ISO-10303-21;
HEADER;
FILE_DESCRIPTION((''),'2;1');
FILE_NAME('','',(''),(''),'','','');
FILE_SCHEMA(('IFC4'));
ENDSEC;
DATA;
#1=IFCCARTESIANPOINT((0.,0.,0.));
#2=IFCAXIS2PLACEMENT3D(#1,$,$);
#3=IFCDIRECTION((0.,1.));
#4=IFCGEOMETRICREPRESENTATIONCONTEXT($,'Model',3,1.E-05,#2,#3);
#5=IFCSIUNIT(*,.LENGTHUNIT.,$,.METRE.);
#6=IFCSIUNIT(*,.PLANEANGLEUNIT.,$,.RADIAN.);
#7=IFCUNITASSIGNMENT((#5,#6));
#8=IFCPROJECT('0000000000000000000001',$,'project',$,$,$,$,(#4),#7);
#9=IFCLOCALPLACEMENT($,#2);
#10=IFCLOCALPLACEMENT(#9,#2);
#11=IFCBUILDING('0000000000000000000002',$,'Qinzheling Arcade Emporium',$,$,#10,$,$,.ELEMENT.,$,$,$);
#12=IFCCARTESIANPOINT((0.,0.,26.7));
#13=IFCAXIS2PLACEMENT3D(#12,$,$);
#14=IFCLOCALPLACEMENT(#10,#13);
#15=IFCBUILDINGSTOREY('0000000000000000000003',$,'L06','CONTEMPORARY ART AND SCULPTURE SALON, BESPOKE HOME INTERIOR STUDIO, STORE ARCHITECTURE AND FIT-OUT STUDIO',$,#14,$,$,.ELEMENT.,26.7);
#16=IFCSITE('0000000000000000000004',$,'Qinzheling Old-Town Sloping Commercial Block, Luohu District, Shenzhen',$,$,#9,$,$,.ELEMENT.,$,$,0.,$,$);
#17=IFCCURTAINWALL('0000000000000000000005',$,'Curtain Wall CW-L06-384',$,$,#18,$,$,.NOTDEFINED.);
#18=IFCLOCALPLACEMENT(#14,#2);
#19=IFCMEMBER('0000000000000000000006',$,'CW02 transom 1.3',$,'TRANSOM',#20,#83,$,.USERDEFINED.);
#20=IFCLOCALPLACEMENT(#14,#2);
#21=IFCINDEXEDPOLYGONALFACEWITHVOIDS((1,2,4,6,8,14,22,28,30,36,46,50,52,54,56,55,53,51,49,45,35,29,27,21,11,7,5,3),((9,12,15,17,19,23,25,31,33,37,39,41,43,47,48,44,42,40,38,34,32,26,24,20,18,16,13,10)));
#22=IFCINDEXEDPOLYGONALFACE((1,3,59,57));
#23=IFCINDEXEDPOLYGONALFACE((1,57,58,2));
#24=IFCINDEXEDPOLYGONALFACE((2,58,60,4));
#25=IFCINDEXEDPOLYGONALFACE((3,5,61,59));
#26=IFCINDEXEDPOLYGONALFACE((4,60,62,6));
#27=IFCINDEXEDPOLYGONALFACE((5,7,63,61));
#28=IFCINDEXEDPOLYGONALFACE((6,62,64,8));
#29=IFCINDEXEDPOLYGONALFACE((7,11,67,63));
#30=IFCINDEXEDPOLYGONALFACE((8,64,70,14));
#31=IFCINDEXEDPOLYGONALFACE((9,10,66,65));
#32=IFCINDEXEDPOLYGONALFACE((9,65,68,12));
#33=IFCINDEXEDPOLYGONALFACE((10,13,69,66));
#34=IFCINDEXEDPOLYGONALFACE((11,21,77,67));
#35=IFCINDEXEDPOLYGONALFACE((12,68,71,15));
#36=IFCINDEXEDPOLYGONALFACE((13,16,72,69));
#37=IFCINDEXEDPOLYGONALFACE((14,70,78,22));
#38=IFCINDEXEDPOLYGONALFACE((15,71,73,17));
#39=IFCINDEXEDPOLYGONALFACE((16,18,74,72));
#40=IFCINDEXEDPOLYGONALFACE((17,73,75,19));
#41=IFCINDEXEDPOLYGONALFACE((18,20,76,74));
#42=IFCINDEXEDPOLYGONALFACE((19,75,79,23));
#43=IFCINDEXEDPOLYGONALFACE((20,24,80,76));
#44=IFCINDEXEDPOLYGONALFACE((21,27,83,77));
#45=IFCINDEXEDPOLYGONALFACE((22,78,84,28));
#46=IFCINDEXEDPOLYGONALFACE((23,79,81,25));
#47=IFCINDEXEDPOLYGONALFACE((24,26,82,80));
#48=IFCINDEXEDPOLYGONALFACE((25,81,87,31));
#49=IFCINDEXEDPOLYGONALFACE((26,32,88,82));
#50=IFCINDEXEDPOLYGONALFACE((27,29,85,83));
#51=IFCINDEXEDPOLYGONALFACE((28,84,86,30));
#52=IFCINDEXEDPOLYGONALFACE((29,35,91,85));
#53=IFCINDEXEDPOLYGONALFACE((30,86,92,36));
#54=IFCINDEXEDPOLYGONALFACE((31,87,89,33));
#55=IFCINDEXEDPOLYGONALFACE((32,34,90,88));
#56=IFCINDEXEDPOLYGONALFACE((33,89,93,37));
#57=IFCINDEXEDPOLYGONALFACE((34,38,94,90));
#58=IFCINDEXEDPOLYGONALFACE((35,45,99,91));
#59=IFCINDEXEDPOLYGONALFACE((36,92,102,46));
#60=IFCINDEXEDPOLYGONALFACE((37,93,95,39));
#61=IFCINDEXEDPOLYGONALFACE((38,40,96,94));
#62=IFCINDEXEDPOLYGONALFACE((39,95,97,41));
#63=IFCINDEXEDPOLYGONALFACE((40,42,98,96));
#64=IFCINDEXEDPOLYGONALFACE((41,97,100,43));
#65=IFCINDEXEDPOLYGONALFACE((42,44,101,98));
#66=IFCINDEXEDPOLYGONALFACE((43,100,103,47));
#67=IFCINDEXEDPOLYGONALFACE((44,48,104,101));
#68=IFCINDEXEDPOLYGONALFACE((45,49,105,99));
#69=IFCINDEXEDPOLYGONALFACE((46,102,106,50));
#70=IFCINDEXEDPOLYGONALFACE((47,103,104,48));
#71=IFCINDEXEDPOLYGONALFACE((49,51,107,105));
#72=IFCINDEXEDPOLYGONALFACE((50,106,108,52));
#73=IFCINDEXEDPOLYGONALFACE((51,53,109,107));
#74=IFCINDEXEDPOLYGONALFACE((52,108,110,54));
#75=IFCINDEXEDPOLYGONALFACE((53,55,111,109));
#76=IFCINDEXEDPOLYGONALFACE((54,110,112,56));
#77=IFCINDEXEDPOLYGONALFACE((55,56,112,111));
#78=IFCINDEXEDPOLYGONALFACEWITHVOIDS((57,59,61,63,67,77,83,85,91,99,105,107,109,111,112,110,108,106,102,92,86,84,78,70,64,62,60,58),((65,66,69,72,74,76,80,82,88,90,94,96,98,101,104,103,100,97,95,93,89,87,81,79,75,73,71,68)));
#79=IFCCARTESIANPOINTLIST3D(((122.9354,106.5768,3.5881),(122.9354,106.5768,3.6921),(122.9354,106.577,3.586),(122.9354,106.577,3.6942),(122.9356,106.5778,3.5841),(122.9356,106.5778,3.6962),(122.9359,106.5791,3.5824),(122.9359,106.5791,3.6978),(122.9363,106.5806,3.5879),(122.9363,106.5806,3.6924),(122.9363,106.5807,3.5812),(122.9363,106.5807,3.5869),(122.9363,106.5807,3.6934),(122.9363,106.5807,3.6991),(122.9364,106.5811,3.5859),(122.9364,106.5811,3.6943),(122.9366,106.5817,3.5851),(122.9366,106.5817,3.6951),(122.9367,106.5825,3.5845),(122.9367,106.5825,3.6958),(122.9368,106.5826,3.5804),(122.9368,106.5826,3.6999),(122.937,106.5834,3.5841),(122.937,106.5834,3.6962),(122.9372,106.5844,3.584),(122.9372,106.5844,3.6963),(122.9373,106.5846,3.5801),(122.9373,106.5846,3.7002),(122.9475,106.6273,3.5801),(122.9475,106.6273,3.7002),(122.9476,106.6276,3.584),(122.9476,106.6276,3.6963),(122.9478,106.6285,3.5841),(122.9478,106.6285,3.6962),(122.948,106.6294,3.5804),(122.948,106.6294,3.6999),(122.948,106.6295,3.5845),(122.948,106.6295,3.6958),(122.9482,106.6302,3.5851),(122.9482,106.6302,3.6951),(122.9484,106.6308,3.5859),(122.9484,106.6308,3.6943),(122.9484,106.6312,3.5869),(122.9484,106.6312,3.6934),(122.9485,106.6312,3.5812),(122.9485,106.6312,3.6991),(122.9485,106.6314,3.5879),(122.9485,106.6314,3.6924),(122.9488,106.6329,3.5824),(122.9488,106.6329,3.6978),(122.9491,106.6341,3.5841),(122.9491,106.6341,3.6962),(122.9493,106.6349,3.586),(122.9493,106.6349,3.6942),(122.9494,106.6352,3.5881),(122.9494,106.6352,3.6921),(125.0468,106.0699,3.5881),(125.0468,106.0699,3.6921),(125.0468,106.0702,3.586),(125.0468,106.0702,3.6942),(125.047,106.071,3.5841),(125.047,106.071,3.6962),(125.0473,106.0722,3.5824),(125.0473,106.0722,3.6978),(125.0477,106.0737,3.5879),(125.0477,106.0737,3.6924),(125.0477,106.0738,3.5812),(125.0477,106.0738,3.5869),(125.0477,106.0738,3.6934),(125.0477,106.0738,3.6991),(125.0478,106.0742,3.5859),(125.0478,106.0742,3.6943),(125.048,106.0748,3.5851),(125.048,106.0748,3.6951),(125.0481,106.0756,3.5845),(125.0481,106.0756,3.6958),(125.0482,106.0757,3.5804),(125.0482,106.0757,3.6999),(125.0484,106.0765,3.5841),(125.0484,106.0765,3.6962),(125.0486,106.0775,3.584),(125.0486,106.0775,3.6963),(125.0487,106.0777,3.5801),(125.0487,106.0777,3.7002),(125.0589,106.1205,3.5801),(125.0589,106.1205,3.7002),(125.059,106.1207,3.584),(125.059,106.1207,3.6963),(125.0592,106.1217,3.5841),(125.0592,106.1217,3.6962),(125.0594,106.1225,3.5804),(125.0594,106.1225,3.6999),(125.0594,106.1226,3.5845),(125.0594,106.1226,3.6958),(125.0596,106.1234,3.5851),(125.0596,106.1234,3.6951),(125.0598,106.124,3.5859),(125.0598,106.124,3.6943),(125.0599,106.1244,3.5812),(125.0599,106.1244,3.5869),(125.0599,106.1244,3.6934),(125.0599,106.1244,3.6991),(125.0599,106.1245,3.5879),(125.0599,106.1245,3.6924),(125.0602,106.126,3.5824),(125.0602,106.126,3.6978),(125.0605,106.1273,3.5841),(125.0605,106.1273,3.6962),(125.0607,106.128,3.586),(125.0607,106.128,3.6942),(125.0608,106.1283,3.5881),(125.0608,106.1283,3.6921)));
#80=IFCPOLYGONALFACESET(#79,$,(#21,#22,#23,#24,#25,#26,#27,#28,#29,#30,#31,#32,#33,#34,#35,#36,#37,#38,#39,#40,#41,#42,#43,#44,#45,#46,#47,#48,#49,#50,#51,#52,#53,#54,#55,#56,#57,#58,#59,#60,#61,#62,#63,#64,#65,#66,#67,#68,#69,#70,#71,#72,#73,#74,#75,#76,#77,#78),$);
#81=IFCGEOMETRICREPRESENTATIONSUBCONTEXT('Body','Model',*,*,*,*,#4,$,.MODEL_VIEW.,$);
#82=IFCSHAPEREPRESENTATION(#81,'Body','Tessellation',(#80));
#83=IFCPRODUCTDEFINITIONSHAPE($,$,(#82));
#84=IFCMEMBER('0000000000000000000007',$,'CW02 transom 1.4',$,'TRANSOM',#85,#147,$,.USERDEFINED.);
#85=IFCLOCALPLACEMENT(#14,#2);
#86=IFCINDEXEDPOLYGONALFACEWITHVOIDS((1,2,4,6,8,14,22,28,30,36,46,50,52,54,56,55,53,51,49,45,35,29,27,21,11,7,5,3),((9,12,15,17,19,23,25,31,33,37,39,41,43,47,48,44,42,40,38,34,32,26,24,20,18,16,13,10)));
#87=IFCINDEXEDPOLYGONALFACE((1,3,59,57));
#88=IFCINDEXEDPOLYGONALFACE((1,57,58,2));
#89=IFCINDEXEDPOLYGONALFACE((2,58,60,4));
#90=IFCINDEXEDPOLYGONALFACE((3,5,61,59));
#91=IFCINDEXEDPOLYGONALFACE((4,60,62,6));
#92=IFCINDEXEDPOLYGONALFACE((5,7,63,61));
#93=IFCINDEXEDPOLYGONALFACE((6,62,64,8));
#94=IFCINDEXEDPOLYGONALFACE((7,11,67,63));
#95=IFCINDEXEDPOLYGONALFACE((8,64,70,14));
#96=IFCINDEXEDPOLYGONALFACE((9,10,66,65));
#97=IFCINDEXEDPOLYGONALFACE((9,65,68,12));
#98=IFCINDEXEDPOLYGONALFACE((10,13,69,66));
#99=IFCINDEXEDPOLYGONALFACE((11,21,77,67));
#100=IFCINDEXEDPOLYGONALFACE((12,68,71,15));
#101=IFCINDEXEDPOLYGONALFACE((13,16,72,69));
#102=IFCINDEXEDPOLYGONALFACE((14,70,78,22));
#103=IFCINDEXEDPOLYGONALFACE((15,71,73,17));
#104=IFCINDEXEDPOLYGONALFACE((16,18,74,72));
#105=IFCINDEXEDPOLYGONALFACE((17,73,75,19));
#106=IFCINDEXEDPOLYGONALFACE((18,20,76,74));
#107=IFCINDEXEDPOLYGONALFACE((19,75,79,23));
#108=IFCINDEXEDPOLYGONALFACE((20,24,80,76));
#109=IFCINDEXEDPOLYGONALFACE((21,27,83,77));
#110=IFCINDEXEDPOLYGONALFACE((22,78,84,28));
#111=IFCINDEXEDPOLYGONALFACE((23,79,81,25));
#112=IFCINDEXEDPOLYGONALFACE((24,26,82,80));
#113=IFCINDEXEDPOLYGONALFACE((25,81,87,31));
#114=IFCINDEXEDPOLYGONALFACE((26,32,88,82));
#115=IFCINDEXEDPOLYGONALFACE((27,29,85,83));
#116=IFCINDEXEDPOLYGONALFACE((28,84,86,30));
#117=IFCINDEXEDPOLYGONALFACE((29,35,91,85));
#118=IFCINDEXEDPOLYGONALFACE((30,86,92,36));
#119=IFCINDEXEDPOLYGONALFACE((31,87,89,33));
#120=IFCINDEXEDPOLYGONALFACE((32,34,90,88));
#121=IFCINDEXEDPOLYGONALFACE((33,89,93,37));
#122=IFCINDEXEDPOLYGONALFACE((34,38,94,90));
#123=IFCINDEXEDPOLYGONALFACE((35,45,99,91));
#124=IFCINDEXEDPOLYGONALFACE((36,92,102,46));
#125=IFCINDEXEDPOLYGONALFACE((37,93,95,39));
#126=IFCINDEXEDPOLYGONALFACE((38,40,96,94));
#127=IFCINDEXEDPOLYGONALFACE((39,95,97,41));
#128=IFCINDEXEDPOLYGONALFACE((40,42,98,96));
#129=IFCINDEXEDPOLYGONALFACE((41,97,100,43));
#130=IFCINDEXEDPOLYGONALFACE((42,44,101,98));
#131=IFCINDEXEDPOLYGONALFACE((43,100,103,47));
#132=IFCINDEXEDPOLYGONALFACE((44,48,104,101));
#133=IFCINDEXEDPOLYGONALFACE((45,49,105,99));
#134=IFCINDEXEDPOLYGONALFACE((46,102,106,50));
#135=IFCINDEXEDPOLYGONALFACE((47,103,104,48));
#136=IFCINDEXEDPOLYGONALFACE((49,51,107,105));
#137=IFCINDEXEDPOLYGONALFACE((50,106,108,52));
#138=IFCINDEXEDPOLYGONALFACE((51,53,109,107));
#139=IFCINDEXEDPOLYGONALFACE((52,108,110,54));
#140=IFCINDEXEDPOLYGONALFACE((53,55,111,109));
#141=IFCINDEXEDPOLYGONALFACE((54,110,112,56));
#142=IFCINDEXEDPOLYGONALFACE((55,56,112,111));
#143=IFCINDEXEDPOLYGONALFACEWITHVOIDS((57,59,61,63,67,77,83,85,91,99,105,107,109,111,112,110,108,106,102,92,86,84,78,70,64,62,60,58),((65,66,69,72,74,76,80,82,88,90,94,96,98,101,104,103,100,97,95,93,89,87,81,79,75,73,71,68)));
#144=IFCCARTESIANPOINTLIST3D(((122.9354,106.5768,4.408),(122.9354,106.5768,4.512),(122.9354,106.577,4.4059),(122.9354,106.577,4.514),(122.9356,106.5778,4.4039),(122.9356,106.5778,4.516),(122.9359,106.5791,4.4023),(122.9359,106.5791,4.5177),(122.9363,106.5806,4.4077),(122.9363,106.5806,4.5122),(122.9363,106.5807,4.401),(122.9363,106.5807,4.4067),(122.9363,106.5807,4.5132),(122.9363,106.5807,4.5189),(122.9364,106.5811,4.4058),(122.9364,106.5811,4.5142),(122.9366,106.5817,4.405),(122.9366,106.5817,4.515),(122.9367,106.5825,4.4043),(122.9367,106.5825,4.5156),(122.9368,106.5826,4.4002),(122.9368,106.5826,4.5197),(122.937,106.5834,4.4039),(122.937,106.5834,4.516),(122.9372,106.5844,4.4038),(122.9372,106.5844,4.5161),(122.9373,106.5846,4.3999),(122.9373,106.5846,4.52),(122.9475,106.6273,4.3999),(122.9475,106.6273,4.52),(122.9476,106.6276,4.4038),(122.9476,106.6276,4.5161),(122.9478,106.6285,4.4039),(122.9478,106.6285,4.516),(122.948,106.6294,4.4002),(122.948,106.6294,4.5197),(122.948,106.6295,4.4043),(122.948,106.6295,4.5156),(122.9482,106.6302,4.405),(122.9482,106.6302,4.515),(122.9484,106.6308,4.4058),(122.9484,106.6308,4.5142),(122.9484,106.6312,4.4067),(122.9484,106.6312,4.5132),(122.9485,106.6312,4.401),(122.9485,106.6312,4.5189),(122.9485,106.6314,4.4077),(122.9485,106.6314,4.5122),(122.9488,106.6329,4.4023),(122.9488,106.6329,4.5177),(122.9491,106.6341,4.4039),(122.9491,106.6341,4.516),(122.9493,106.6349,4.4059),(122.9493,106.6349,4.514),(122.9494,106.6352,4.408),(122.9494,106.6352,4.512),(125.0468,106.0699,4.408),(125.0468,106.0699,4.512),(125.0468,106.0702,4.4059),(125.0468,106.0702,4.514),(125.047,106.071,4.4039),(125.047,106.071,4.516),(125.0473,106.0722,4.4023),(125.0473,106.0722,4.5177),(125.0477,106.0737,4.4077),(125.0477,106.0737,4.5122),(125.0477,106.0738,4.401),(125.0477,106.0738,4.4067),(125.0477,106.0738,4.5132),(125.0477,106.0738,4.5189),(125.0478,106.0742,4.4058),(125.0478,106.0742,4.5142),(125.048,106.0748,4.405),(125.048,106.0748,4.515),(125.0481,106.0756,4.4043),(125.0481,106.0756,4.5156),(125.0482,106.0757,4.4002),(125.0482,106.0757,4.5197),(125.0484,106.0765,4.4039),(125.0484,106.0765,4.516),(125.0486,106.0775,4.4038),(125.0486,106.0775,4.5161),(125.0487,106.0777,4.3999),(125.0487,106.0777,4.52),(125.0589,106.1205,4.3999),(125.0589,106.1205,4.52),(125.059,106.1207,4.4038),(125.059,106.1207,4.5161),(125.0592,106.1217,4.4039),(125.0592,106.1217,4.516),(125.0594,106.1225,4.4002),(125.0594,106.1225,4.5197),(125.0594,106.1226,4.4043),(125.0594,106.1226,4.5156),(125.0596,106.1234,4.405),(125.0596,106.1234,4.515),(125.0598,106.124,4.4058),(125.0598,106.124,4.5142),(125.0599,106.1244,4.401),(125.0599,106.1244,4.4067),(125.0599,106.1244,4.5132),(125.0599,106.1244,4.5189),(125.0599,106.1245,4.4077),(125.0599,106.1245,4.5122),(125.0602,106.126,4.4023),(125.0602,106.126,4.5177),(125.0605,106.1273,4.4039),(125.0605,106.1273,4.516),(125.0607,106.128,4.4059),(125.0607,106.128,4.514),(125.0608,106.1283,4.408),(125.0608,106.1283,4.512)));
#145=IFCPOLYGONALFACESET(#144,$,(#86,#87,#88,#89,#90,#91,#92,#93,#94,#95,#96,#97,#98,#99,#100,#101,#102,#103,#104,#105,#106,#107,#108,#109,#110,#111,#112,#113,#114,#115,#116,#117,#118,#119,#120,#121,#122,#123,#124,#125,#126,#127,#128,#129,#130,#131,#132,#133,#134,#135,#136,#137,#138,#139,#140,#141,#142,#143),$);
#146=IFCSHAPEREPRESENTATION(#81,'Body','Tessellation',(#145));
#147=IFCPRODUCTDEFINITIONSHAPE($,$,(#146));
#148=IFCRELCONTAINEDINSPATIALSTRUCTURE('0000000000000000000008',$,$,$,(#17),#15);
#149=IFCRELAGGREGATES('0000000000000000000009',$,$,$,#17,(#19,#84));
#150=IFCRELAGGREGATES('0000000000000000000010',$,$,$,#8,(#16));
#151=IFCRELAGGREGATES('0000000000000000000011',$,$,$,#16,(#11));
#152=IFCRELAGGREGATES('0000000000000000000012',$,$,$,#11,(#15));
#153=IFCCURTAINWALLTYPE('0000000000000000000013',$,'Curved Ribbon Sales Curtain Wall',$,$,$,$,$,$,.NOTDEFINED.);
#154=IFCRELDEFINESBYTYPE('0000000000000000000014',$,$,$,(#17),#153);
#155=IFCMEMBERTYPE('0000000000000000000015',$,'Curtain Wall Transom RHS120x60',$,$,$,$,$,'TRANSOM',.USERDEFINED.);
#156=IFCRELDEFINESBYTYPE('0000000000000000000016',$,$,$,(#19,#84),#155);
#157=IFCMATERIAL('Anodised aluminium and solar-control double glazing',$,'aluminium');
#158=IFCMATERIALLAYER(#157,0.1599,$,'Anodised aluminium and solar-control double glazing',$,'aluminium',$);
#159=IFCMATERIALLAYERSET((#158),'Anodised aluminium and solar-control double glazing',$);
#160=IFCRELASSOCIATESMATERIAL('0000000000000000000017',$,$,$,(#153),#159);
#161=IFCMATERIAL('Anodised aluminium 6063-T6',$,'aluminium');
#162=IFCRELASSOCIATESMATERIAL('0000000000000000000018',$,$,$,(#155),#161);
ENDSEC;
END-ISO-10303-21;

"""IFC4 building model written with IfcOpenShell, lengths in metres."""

from ifc_helpers import new_model, si_unit, direction, frame, origin, origin_2d, place, context, subcontext, project, spatial, hollow_rectangle, extrude, material, layer, layer_set, material_profile, profile_set, type_object, element, aggregate, save


model = new_model("IFC4")

# Units and contexts
model_context = context("Model", 3, precision=1e-05, world=origin(), true_north=direction((0.0, 1.0)))
body_context = subcontext(model_context, "Body", "Model", "MODEL_VIEW")
ifc_project = project(units=[si_unit("LENGTHUNIT", "METRE"), si_unit("PLANEANGLEUNIT", "RADIAN")], contexts=[model_context])

# Site, building, storey
site_placement = place(None, origin())
site = spatial("IfcSite", under=ifc_project, at=site_placement, Name="Qinzheling Old-Town Sloping Commercial Block, Luohu District, Shenzhen", CompositionType="ELEMENT", RefElevation=0.0)
building_placement = place(site_placement, origin())
building = spatial("IfcBuilding", under=site, at=building_placement, Name="Qinzheling Arcade Emporium", CompositionType="ELEMENT")
storey_placement = place(building_placement, frame((0.0, 0.0, 26.7)))
storey = spatial("IfcBuildingStorey", under=building, at=storey_placement, Name="L06", Description="CONTEMPORARY ART AND SCULPTURE SALON, BESPOKE HOME INTERIOR STUDIO, STORE ARCHITECTURE AND FIT-OUT STUDIO", CompositionType="ELEMENT", Elevation=26.7)

# Curtain wall
ifc_material_1 = material(Name="Anodised aluminium and solar-control double glazing", Category="aluminium")
ifc_layer_1 = layer(ifc_material_1, 0.1599, Name="Anodised aluminium and solar-control double glazing", Category="aluminium")
ifc_layer_set_1 = layer_set([ifc_layer_1], Name="Anodised aluminium and solar-control double glazing")
curtain_wall_type = type_object("IfcCurtainWallType", Name="Curved Ribbon Sales Curtain Wall", PredefinedType="NOTDEFINED", material=ifc_layer_set_1)
curtain_wall_1_placement = place(storey_placement, origin())
curtain_wall_1 = element("IfcCurtainWall", 1, at=curtain_wall_1_placement, inside=storey, type_object=curtain_wall_type, Name="Curtain Wall CW-L06-384", PredefinedType="NOTDEFINED")
ifc_material_2 = material(Name="Anodised aluminium 6063-T6", Category="aluminium")

# Members
ifc_material_profile_1 = material_profile(ifc_material_2, hollow_rectangle(XDim=0.0601, YDim=0.1201, WallThickness=0.0039, InnerFilletRadius=0.0039, OuterFilletRadius=0.0081, at=origin_2d()), Name="RHS 120x60x4", Category="aluminium")
ifc_profile_set_1 = profile_set([ifc_material_profile_1], Name="Anodised aluminium 6063-T6")
member_type_1 = type_object("IfcMemberType", Name="Curtain Wall Transom RHS120x60", ElementType="TRANSOM", PredefinedType="USERDEFINED", material=ifc_profile_set_1)
member_1_placement = place(storey_placement, frame((122.9424, 106.606, 3.6401), z_axis=(0.972375, -0.233424, 0.0), x_axis=(0.233424, 0.972375, 0.0)))
member_1 = element("IfcMember", 2, at=member_1_placement, type_object=member_type_1, Name="CW02 transom 1.3", ObjectType="TRANSOM", PredefinedType="USERDEFINED", context=body_context, shape_type="SweptSolid", body=[
    extrude(hollow_rectangle(XDim=0.0601, YDim=0.1201, WallThickness=0.0039, InnerFilletRadius=0.0039, OuterFilletRadius=0.0081, at=origin_2d()), origin(), (0.0, 0.0, 1.0), 2.1714),
])
member_2_placement = place(storey_placement, frame((122.9424, 106.606, 4.46), z_axis=(0.972375, -0.233424, 0.0), x_axis=(0.233424, 0.972375, 0.0)))
member_2 = element("IfcMember", 3, at=member_2_placement, type_object=member_type_1, Name="CW02 transom 1.4", ObjectType="TRANSOM", PredefinedType="USERDEFINED", context=body_context, shape_type="SweptSolid", body=[
    extrude(hollow_rectangle(XDim=0.0601, YDim=0.1201, WallThickness=0.0039, InnerFilletRadius=0.0039, OuterFilletRadius=0.0081, at=origin_2d()), origin(), (0.0, 0.0, 1.0), 2.1714),
])

aggregate(curtain_wall_1, [member_1, member_2])

save(model, "model.ifc")
